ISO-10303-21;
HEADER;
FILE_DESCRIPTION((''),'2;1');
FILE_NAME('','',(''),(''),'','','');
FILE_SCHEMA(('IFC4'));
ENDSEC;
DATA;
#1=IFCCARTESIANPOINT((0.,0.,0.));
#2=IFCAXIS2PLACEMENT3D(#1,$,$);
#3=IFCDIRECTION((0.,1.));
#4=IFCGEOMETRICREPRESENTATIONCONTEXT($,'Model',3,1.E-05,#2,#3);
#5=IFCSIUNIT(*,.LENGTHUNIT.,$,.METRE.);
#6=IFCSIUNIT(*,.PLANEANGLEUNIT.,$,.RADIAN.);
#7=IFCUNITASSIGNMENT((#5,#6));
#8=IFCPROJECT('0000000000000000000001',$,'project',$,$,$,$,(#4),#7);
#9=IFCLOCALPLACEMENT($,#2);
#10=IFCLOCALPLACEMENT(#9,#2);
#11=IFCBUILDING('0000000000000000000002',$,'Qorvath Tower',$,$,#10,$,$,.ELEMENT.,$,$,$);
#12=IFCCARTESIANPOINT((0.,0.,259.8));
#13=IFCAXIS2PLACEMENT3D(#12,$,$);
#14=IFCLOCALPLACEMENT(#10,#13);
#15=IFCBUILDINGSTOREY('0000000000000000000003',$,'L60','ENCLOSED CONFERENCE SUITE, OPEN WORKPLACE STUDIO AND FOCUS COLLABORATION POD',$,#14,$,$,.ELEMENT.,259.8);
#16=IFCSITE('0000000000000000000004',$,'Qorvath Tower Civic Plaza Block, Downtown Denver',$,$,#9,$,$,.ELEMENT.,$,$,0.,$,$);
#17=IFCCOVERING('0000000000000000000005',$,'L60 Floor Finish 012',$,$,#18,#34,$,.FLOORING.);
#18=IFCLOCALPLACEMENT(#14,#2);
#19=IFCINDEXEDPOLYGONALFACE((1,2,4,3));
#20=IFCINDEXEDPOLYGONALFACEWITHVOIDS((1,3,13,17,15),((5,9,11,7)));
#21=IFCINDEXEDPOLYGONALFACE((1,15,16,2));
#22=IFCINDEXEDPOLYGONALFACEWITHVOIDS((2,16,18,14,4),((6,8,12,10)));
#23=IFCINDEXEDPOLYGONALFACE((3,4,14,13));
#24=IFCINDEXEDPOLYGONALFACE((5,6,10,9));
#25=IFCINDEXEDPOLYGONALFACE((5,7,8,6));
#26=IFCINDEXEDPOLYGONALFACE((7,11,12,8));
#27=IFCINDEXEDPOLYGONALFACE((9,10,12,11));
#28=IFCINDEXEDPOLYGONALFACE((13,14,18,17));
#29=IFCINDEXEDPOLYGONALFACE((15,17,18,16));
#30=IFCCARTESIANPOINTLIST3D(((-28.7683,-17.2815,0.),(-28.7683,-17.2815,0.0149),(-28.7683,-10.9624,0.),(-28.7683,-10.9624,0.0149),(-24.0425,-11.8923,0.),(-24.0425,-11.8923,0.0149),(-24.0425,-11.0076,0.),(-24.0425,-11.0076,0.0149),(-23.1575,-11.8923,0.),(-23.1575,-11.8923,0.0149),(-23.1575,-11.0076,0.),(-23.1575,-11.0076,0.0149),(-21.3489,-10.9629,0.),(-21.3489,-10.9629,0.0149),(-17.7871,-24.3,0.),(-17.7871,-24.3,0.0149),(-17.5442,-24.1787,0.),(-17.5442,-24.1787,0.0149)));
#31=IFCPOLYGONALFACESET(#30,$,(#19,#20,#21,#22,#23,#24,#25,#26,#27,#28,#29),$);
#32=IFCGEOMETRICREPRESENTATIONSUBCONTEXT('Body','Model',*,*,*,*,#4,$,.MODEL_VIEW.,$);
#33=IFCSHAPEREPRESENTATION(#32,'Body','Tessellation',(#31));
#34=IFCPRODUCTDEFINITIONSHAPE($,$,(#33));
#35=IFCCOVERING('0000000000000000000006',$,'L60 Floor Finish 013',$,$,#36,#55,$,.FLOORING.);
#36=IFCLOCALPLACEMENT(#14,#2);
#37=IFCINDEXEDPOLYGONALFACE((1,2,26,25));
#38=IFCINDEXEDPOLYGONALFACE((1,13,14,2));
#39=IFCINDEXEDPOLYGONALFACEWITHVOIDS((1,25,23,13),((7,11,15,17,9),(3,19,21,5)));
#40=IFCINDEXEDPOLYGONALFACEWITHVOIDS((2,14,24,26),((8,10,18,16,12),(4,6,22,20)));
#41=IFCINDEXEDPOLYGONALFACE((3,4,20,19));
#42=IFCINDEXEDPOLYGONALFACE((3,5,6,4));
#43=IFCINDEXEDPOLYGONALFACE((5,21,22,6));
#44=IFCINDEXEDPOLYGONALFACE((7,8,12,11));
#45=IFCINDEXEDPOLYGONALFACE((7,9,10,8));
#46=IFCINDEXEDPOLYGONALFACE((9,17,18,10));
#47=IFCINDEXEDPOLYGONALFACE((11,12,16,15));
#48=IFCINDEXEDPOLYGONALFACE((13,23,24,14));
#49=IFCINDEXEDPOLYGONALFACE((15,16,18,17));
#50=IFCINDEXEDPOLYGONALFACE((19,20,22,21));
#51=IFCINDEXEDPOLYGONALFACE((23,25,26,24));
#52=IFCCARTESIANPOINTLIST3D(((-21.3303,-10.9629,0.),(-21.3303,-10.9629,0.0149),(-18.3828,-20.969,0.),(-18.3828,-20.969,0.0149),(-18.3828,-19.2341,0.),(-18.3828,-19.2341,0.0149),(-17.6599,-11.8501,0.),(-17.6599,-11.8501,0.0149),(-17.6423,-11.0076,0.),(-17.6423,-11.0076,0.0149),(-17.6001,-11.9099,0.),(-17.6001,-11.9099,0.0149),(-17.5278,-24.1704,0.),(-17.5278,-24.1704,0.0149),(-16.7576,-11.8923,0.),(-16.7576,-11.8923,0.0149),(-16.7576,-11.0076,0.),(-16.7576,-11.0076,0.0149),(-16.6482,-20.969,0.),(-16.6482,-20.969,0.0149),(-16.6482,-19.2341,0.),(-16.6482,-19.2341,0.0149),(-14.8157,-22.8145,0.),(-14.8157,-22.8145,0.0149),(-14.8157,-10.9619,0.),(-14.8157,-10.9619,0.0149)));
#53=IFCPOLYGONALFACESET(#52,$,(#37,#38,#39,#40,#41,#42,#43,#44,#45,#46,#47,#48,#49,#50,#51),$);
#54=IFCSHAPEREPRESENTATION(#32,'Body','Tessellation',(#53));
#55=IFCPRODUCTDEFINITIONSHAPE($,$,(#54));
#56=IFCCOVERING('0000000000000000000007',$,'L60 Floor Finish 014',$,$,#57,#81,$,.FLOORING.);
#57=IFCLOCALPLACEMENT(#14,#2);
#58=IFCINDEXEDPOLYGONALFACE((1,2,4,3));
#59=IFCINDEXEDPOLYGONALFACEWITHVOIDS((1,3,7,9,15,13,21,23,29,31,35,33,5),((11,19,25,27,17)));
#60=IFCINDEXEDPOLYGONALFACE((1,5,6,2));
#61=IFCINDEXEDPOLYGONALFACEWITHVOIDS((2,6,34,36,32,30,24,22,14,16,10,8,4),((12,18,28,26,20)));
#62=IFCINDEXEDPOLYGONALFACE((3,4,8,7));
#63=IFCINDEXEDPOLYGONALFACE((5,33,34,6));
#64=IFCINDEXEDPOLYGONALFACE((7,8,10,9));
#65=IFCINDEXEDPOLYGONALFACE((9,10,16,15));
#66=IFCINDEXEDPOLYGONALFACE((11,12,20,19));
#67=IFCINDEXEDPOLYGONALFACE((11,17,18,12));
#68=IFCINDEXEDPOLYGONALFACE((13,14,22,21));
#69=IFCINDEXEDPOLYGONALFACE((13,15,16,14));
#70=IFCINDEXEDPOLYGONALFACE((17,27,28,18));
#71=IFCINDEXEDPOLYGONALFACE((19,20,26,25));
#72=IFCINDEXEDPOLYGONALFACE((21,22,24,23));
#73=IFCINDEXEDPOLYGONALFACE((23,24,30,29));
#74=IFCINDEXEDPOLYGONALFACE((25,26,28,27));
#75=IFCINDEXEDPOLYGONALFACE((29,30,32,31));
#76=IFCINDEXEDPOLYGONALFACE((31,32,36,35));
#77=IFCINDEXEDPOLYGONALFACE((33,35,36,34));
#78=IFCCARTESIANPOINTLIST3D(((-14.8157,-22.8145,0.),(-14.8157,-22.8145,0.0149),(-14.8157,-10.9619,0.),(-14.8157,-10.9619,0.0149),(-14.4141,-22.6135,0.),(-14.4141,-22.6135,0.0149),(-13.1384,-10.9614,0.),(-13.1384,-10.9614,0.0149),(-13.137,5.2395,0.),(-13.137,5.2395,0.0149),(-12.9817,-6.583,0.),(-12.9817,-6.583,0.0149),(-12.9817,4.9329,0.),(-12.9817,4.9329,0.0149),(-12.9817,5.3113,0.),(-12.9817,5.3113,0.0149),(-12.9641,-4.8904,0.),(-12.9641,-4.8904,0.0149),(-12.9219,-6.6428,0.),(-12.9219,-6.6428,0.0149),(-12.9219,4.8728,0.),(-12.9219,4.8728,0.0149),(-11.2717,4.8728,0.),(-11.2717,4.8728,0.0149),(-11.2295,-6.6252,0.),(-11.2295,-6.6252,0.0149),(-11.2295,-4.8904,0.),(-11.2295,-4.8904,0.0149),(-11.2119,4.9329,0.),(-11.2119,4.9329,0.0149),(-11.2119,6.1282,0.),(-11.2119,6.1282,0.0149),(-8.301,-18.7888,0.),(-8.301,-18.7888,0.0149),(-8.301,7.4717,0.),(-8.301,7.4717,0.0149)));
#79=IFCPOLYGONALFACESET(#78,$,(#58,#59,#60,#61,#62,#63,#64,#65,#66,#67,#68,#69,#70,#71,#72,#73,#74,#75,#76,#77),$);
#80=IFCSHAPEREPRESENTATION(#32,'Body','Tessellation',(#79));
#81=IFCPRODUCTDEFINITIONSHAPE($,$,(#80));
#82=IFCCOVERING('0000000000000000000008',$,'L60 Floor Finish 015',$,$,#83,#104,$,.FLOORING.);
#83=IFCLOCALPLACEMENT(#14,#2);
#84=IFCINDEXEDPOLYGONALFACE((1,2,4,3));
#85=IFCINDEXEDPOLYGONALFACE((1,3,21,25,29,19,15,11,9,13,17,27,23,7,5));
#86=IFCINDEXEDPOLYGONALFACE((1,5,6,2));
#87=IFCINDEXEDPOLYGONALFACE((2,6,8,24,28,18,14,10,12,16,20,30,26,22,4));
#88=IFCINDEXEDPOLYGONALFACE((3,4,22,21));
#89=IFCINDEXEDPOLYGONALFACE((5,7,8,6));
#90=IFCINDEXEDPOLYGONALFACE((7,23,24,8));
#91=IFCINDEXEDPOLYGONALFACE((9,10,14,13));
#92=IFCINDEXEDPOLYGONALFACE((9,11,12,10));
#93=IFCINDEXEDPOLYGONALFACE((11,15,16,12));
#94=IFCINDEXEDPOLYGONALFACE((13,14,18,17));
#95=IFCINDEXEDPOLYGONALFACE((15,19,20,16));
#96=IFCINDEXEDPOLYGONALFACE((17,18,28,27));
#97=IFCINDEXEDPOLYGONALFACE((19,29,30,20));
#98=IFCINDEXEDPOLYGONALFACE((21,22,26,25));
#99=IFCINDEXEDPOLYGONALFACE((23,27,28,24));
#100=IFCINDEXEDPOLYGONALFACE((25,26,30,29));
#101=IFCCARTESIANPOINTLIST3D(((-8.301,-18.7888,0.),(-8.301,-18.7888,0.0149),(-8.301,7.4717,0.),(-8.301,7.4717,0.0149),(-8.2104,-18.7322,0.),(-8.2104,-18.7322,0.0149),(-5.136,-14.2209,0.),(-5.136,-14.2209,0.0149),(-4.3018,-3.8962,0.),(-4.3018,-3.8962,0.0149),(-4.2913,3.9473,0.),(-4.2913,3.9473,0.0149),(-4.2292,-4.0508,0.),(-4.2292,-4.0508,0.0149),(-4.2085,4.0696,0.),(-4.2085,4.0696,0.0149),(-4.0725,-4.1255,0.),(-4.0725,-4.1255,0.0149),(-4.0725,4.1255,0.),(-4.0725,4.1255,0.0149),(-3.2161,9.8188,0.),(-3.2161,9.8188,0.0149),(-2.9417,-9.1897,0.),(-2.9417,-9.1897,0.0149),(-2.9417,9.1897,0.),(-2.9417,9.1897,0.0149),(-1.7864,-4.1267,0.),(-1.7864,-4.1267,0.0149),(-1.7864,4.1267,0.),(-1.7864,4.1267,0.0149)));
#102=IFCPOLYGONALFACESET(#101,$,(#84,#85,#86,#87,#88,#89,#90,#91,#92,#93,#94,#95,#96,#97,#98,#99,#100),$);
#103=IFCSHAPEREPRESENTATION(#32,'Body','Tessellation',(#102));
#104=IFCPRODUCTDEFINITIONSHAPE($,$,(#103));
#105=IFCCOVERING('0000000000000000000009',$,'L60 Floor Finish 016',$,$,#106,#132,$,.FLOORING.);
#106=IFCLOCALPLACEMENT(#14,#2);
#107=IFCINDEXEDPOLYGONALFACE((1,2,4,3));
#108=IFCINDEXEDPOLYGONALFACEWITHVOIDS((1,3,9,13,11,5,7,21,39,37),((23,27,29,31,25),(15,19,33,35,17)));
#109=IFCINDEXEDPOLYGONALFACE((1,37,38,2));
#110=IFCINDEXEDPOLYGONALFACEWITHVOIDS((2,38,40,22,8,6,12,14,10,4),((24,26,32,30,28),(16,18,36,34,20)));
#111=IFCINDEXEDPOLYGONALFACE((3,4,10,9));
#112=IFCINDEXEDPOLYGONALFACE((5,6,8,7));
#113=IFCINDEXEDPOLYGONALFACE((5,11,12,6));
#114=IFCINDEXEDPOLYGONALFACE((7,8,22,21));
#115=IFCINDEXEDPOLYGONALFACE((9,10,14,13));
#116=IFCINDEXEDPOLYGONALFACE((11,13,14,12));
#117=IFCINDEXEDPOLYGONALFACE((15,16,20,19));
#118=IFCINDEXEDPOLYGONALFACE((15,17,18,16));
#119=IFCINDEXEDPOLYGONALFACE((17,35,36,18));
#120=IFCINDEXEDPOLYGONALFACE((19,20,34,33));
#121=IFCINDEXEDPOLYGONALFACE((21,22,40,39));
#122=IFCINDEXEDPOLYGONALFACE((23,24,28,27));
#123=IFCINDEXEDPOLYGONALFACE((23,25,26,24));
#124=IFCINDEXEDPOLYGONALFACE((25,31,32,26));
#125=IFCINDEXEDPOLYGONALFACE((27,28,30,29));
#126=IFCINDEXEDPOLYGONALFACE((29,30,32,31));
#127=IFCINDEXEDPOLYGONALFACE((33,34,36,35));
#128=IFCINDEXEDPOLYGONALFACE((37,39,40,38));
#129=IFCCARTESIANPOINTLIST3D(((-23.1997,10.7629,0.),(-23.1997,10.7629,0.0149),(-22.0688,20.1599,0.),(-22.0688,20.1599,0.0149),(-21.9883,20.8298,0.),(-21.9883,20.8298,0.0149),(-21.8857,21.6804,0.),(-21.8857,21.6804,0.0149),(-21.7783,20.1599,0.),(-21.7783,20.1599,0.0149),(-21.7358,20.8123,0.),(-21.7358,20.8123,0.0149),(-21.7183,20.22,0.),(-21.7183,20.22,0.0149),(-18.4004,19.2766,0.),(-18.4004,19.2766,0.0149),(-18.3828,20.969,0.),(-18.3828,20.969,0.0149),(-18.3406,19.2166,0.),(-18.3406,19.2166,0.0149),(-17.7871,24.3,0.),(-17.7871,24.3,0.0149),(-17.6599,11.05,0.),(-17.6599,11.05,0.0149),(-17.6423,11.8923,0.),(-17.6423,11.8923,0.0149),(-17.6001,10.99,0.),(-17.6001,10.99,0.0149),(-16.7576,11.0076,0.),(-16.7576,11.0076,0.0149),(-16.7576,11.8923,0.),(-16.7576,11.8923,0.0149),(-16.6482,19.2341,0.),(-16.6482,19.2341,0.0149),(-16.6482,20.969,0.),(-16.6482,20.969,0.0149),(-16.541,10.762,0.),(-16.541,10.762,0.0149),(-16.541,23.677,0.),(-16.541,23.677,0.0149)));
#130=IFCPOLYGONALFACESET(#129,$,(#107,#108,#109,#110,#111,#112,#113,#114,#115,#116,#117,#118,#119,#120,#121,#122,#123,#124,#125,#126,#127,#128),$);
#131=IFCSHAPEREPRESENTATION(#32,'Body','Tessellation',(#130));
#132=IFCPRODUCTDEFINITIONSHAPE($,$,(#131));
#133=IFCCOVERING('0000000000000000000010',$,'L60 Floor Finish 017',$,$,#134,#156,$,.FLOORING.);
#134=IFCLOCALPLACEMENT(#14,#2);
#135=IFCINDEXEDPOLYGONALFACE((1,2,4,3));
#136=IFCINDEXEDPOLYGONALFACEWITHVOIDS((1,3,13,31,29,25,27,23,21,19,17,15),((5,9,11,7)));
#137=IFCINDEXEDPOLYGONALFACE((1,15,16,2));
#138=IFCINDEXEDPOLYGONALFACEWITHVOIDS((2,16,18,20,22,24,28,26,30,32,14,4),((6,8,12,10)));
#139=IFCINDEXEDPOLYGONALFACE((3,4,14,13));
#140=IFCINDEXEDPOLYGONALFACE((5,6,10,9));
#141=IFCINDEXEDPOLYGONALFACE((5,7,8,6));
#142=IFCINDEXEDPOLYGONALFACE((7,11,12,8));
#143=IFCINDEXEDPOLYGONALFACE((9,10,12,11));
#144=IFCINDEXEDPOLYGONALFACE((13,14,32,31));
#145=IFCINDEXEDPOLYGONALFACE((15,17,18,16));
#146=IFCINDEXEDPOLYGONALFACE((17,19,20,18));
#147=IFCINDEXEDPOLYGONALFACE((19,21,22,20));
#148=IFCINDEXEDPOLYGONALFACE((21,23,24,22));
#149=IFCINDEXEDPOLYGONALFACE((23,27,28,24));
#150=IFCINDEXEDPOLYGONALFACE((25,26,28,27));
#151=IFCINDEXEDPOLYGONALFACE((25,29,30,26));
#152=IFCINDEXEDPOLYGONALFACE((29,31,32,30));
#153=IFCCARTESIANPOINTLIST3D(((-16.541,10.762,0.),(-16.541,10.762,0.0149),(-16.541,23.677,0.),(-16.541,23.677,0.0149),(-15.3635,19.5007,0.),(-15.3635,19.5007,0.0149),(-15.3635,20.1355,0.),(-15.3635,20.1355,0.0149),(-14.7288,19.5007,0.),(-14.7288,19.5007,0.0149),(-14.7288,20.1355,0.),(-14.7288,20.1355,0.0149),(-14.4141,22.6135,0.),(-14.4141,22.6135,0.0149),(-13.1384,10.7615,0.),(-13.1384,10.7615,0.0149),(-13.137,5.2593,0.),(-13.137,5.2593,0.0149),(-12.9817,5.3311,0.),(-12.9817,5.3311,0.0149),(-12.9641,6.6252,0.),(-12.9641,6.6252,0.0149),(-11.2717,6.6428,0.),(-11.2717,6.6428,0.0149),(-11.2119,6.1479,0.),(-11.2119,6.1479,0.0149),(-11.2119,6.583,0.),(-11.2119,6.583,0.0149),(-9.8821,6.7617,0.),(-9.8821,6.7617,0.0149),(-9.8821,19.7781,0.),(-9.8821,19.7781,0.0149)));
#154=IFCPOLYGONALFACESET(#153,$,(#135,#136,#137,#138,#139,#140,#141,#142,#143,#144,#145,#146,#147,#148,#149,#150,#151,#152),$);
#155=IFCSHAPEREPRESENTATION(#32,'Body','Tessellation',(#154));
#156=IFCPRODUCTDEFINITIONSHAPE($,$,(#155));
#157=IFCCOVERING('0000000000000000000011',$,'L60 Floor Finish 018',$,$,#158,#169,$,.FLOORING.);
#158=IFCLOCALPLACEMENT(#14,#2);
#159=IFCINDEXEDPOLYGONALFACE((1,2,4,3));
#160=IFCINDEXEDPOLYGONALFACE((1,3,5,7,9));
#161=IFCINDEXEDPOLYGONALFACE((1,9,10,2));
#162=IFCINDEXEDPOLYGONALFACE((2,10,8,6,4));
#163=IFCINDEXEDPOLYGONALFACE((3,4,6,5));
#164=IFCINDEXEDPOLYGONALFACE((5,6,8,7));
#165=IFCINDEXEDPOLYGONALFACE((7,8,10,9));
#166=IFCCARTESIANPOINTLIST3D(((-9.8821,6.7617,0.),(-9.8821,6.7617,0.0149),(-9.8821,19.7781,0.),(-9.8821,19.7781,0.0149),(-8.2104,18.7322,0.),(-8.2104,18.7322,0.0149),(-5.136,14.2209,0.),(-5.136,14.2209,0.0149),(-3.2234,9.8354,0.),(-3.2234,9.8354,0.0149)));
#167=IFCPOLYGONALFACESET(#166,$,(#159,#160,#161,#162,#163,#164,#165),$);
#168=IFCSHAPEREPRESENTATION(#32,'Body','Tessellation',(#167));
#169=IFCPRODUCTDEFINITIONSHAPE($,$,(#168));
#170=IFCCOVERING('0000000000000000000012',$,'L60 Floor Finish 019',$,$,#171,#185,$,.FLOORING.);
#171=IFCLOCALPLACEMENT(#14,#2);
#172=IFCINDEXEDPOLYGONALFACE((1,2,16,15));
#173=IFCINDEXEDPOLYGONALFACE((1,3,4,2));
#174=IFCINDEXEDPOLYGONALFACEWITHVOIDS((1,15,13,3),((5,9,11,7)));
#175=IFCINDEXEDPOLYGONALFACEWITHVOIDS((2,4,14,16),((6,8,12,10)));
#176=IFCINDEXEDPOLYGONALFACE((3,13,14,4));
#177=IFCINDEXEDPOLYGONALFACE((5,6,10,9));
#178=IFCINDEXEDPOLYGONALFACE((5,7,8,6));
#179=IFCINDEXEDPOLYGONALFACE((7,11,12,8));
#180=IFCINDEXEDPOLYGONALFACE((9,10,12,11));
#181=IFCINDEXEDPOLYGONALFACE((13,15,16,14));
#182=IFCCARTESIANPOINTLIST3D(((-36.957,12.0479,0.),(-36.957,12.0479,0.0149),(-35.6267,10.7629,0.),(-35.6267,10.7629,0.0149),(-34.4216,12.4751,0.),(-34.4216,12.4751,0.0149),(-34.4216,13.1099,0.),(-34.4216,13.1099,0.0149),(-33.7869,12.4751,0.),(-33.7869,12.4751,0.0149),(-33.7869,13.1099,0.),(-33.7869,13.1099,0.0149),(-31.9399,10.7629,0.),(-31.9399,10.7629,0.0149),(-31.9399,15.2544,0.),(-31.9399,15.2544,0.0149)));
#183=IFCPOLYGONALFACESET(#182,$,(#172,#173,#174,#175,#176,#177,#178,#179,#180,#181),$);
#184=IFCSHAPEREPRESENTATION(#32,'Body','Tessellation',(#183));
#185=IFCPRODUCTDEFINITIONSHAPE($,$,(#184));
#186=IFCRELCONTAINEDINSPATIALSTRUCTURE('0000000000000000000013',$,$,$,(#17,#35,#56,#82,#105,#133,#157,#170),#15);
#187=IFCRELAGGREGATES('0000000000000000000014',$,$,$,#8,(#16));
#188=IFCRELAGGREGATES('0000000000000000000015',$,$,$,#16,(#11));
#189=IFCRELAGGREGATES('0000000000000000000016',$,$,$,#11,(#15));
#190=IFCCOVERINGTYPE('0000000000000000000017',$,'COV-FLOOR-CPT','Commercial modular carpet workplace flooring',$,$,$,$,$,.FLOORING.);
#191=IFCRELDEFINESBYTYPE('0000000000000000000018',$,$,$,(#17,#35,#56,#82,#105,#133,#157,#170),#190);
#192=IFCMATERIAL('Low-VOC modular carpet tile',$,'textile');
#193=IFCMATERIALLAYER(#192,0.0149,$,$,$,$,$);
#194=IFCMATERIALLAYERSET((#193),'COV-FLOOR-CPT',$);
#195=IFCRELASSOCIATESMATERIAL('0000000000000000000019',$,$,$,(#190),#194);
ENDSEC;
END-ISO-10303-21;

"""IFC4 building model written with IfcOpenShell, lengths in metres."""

from ifc_helpers import new_model, si_unit, direction, frame, origin, place, context, subcontext, project, spatial, polyline, outline, extrude, material, layer, layer_set, type_object, element, save


model = new_model("IFC4")

# Units and contexts
model_context = context("Model", 3, precision=1e-05, world=origin(), true_north=direction((0.0, 1.0)))
body_context = subcontext(model_context, "Body", "Model", "MODEL_VIEW")
ifc_project = project(units=[si_unit("LENGTHUNIT", "METRE"), si_unit("PLANEANGLEUNIT", "RADIAN")], contexts=[model_context])

# Site, building, storey
site_placement = place(None, origin())
site = spatial("IfcSite", under=ifc_project, at=site_placement, Name="Qorvath Tower Civic Plaza Block, Downtown Denver", CompositionType="ELEMENT", RefElevation=0.0)
building_placement = place(site_placement, origin())
building = spatial("IfcBuilding", under=site, at=building_placement, Name="Qorvath Tower", CompositionType="ELEMENT")
storey_placement = place(building_placement, frame((0.0, 0.0, 259.8)))
storey = spatial("IfcBuildingStorey", under=building, at=storey_placement, Name="L60", Description="ENCLOSED CONFERENCE SUITE, OPEN WORKPLACE STUDIO AND FOCUS COLLABORATION POD", CompositionType="ELEMENT", Elevation=259.8)

# Coverings
ifc_material_1 = material(Name="Low-VOC modular carpet tile", Category="textile")
ifc_layer_1 = layer(ifc_material_1, 0.0149)
ifc_layer_set_1 = layer_set([ifc_layer_1], Name="COV-FLOOR-CPT")
covering_type_1 = type_object("IfcCoveringType", Name="COV-FLOOR-CPT", Description="Commercial modular carpet workplace flooring", PredefinedType="FLOORING", material=ifc_layer_set_1)
covering_1_placement = place(storey_placement, origin())
element("IfcCovering", 1, at=covering_1_placement, inside=storey, type_object=covering_type_1, Name="L60 Floor Finish 012", PredefinedType="FLOORING", context=body_context, shape_type="SweptSolid", body=[
    extrude(outline(polyline([(-28.7683, -10.9624), (-28.7683, -17.2815), (-17.7871, -24.3), (-17.5442, -24.1787), (-21.3489, -10.9629), (-28.7683, -10.9624)]), holes=[polyline([(-24.0425, -11.8923), (-24.0425, -11.0076), (-23.1575, -11.0076), (-23.1575, -11.8923), (-24.0425, -11.8923)])]), origin(), (0.0, 0.0, 1.0), 0.0149),
])
covering_2_placement = place(storey_placement, origin())
element("IfcCovering", 2, at=covering_2_placement, inside=storey, type_object=covering_type_1, Name="L60 Floor Finish 013", PredefinedType="FLOORING", context=body_context, shape_type="SweptSolid", body=[
    extrude(outline(polyline([(-14.8157, -22.8145), (-14.8157, -10.9619), (-21.3303, -10.9629), (-17.5278, -24.1704), (-14.8157, -22.8145)]), holes=[polyline([(-18.3828, -20.969), (-18.3828, -19.2341), (-16.6482, -19.2341), (-16.6482, -20.969), (-18.3828, -20.969)]), polyline([(-17.6599, -11.8501), (-17.6423, -11.0076), (-16.7576, -11.0076), (-16.7576, -11.8923), (-17.6001, -11.9099), (-17.6599, -11.8501)])]), origin(), (0.0, 0.0, 1.0), 0.0149),
])
covering_3_placement = place(storey_placement, origin())
element("IfcCovering", 3, at=covering_3_placement, inside=storey, type_object=covering_type_1, Name="L60 Floor Finish 014", PredefinedType="FLOORING", context=body_context, shape_type="SweptSolid", body=[
    extrude(outline(polyline([(-8.301, -18.7888), (-8.301, 7.4717), (-11.2119, 6.1282), (-11.2119, 4.9329), (-11.2717, 4.8728), (-12.9219, 4.8728), (-12.9817, 4.9329), (-12.9817, 5.3113), (-13.137, 5.2395), (-13.1384, -10.9614), (-14.8157, -10.9619), (-14.8157, -22.8145), (-14.4141, -22.6135), (-8.301, -18.7888)]), holes=[polyline([(-12.9817, -6.583), (-12.9641, -4.8904), (-11.2295, -4.8904), (-11.2295, -6.6252), (-12.9219, -6.6428), (-12.9817, -6.583)])]), origin(), (0.0, 0.0, 1.0), 0.0149),
])
covering_4_placement = place(storey_placement, origin())
element("IfcCovering", 4, at=covering_4_placement, inside=storey, type_object=covering_type_1, Name="L60 Floor Finish 015", PredefinedType="FLOORING", context=body_context, shape_type="SweptSolid", body=[
    extrude(outline(polyline([(-2.9417, 9.1897), (-3.2161, 9.8188), (-8.301, 7.4717), (-8.301, -18.7888), (-8.2104, -18.7322), (-5.136, -14.2209), (-2.9417, -9.1897), (-1.7864, -4.1267), (-4.0725, -4.1255), (-4.2292, -4.0508), (-4.3018, -3.8962), (-4.2913, 3.9473), (-4.2085, 4.0696), (-4.0725, 4.1255), (-1.7864, 4.1267), (-2.9417, 9.1897)])), origin(), (0.0, 0.0, 1.0), 0.0149),
])
covering_5_placement = place(storey_placement, origin())
element("IfcCovering", 5, at=covering_5_placement, inside=storey, type_object=covering_type_1, Name="L60 Floor Finish 016", PredefinedType="FLOORING", context=body_context, shape_type="SweptSolid", body=[
    extrude(outline(polyline([(-17.7871, 24.3), (-21.8857, 21.6804), (-21.9883, 20.8298), (-21.7358, 20.8123), (-21.7183, 20.22), (-21.7783, 20.1599), (-22.0688, 20.1599), (-23.1997, 10.7629), (-16.541, 10.762), (-16.541, 23.677), (-17.7871, 24.3)]), holes=[polyline([(-18.4004, 19.2766), (-18.3828, 20.969), (-16.6482, 20.969), (-16.6482, 19.2341), (-18.3406, 19.2166), (-18.4004, 19.2766)]), polyline([(-17.6599, 11.05), (-17.6423, 11.8923), (-16.7576, 11.8923), (-16.7576, 11.0076), (-17.6001, 10.99), (-17.6599, 11.05)])]), origin(), (0.0, 0.0, 1.0), 0.0149),
])
covering_6_placement = place(storey_placement, origin())
element("IfcCovering", 6, at=covering_6_placement, inside=storey, type_object=covering_type_1, Name="L60 Floor Finish 017", PredefinedType="FLOORING", context=body_context, shape_type="SweptSolid", body=[
    extrude(outline(polyline([(-16.541, 23.677), (-16.541, 10.762), (-13.1384, 10.7615), (-13.137, 5.2593), (-12.9817, 5.3311), (-12.9641, 6.6252), (-11.2717, 6.6428), (-11.2119, 6.583), (-11.2119, 6.1479), (-9.8821, 6.7617), (-9.8821, 19.7781), (-14.4141, 22.6135), (-16.541, 23.677)]), holes=[polyline([(-15.3635, 19.5007), (-15.3635, 20.1355), (-14.7288, 20.1355), (-14.7288, 19.5007), (-15.3635, 19.5007)])]), origin(), (0.0, 0.0, 1.0), 0.0149),
])
covering_7_placement = place(storey_placement, origin())
element("IfcCovering", 7, at=covering_7_placement, inside=storey, type_object=covering_type_1, Name="L60 Floor Finish 018", PredefinedType="FLOORING", context=body_context, shape_type="SweptSolid", body=[
    extrude(outline(polyline([(-9.8821, 19.7781), (-9.8821, 6.7617), (-3.2234, 9.8354), (-5.136, 14.2209), (-8.2104, 18.7322), (-9.8821, 19.7781)])), origin(), (0.0, 0.0, 1.0), 0.0149),
])
covering_8_placement = place(storey_placement, origin())
element("IfcCovering", 8, at=covering_8_placement, inside=storey, type_object=covering_type_1, Name="L60 Floor Finish 019", PredefinedType="FLOORING", context=body_context, shape_type="SweptSolid", body=[
    extrude(outline(polyline([(-31.9399, 10.7629), (-31.9399, 15.2544), (-36.957, 12.0479), (-35.6267, 10.7629), (-31.9399, 10.7629)]), holes=[polyline([(-34.4216, 12.4751), (-34.4216, 13.1099), (-33.7869, 13.1099), (-33.7869, 12.4751), (-34.4216, 12.4751)])]), origin(), (0.0, 0.0, 1.0), 0.0149),
])

save(model, "model.ifc")
